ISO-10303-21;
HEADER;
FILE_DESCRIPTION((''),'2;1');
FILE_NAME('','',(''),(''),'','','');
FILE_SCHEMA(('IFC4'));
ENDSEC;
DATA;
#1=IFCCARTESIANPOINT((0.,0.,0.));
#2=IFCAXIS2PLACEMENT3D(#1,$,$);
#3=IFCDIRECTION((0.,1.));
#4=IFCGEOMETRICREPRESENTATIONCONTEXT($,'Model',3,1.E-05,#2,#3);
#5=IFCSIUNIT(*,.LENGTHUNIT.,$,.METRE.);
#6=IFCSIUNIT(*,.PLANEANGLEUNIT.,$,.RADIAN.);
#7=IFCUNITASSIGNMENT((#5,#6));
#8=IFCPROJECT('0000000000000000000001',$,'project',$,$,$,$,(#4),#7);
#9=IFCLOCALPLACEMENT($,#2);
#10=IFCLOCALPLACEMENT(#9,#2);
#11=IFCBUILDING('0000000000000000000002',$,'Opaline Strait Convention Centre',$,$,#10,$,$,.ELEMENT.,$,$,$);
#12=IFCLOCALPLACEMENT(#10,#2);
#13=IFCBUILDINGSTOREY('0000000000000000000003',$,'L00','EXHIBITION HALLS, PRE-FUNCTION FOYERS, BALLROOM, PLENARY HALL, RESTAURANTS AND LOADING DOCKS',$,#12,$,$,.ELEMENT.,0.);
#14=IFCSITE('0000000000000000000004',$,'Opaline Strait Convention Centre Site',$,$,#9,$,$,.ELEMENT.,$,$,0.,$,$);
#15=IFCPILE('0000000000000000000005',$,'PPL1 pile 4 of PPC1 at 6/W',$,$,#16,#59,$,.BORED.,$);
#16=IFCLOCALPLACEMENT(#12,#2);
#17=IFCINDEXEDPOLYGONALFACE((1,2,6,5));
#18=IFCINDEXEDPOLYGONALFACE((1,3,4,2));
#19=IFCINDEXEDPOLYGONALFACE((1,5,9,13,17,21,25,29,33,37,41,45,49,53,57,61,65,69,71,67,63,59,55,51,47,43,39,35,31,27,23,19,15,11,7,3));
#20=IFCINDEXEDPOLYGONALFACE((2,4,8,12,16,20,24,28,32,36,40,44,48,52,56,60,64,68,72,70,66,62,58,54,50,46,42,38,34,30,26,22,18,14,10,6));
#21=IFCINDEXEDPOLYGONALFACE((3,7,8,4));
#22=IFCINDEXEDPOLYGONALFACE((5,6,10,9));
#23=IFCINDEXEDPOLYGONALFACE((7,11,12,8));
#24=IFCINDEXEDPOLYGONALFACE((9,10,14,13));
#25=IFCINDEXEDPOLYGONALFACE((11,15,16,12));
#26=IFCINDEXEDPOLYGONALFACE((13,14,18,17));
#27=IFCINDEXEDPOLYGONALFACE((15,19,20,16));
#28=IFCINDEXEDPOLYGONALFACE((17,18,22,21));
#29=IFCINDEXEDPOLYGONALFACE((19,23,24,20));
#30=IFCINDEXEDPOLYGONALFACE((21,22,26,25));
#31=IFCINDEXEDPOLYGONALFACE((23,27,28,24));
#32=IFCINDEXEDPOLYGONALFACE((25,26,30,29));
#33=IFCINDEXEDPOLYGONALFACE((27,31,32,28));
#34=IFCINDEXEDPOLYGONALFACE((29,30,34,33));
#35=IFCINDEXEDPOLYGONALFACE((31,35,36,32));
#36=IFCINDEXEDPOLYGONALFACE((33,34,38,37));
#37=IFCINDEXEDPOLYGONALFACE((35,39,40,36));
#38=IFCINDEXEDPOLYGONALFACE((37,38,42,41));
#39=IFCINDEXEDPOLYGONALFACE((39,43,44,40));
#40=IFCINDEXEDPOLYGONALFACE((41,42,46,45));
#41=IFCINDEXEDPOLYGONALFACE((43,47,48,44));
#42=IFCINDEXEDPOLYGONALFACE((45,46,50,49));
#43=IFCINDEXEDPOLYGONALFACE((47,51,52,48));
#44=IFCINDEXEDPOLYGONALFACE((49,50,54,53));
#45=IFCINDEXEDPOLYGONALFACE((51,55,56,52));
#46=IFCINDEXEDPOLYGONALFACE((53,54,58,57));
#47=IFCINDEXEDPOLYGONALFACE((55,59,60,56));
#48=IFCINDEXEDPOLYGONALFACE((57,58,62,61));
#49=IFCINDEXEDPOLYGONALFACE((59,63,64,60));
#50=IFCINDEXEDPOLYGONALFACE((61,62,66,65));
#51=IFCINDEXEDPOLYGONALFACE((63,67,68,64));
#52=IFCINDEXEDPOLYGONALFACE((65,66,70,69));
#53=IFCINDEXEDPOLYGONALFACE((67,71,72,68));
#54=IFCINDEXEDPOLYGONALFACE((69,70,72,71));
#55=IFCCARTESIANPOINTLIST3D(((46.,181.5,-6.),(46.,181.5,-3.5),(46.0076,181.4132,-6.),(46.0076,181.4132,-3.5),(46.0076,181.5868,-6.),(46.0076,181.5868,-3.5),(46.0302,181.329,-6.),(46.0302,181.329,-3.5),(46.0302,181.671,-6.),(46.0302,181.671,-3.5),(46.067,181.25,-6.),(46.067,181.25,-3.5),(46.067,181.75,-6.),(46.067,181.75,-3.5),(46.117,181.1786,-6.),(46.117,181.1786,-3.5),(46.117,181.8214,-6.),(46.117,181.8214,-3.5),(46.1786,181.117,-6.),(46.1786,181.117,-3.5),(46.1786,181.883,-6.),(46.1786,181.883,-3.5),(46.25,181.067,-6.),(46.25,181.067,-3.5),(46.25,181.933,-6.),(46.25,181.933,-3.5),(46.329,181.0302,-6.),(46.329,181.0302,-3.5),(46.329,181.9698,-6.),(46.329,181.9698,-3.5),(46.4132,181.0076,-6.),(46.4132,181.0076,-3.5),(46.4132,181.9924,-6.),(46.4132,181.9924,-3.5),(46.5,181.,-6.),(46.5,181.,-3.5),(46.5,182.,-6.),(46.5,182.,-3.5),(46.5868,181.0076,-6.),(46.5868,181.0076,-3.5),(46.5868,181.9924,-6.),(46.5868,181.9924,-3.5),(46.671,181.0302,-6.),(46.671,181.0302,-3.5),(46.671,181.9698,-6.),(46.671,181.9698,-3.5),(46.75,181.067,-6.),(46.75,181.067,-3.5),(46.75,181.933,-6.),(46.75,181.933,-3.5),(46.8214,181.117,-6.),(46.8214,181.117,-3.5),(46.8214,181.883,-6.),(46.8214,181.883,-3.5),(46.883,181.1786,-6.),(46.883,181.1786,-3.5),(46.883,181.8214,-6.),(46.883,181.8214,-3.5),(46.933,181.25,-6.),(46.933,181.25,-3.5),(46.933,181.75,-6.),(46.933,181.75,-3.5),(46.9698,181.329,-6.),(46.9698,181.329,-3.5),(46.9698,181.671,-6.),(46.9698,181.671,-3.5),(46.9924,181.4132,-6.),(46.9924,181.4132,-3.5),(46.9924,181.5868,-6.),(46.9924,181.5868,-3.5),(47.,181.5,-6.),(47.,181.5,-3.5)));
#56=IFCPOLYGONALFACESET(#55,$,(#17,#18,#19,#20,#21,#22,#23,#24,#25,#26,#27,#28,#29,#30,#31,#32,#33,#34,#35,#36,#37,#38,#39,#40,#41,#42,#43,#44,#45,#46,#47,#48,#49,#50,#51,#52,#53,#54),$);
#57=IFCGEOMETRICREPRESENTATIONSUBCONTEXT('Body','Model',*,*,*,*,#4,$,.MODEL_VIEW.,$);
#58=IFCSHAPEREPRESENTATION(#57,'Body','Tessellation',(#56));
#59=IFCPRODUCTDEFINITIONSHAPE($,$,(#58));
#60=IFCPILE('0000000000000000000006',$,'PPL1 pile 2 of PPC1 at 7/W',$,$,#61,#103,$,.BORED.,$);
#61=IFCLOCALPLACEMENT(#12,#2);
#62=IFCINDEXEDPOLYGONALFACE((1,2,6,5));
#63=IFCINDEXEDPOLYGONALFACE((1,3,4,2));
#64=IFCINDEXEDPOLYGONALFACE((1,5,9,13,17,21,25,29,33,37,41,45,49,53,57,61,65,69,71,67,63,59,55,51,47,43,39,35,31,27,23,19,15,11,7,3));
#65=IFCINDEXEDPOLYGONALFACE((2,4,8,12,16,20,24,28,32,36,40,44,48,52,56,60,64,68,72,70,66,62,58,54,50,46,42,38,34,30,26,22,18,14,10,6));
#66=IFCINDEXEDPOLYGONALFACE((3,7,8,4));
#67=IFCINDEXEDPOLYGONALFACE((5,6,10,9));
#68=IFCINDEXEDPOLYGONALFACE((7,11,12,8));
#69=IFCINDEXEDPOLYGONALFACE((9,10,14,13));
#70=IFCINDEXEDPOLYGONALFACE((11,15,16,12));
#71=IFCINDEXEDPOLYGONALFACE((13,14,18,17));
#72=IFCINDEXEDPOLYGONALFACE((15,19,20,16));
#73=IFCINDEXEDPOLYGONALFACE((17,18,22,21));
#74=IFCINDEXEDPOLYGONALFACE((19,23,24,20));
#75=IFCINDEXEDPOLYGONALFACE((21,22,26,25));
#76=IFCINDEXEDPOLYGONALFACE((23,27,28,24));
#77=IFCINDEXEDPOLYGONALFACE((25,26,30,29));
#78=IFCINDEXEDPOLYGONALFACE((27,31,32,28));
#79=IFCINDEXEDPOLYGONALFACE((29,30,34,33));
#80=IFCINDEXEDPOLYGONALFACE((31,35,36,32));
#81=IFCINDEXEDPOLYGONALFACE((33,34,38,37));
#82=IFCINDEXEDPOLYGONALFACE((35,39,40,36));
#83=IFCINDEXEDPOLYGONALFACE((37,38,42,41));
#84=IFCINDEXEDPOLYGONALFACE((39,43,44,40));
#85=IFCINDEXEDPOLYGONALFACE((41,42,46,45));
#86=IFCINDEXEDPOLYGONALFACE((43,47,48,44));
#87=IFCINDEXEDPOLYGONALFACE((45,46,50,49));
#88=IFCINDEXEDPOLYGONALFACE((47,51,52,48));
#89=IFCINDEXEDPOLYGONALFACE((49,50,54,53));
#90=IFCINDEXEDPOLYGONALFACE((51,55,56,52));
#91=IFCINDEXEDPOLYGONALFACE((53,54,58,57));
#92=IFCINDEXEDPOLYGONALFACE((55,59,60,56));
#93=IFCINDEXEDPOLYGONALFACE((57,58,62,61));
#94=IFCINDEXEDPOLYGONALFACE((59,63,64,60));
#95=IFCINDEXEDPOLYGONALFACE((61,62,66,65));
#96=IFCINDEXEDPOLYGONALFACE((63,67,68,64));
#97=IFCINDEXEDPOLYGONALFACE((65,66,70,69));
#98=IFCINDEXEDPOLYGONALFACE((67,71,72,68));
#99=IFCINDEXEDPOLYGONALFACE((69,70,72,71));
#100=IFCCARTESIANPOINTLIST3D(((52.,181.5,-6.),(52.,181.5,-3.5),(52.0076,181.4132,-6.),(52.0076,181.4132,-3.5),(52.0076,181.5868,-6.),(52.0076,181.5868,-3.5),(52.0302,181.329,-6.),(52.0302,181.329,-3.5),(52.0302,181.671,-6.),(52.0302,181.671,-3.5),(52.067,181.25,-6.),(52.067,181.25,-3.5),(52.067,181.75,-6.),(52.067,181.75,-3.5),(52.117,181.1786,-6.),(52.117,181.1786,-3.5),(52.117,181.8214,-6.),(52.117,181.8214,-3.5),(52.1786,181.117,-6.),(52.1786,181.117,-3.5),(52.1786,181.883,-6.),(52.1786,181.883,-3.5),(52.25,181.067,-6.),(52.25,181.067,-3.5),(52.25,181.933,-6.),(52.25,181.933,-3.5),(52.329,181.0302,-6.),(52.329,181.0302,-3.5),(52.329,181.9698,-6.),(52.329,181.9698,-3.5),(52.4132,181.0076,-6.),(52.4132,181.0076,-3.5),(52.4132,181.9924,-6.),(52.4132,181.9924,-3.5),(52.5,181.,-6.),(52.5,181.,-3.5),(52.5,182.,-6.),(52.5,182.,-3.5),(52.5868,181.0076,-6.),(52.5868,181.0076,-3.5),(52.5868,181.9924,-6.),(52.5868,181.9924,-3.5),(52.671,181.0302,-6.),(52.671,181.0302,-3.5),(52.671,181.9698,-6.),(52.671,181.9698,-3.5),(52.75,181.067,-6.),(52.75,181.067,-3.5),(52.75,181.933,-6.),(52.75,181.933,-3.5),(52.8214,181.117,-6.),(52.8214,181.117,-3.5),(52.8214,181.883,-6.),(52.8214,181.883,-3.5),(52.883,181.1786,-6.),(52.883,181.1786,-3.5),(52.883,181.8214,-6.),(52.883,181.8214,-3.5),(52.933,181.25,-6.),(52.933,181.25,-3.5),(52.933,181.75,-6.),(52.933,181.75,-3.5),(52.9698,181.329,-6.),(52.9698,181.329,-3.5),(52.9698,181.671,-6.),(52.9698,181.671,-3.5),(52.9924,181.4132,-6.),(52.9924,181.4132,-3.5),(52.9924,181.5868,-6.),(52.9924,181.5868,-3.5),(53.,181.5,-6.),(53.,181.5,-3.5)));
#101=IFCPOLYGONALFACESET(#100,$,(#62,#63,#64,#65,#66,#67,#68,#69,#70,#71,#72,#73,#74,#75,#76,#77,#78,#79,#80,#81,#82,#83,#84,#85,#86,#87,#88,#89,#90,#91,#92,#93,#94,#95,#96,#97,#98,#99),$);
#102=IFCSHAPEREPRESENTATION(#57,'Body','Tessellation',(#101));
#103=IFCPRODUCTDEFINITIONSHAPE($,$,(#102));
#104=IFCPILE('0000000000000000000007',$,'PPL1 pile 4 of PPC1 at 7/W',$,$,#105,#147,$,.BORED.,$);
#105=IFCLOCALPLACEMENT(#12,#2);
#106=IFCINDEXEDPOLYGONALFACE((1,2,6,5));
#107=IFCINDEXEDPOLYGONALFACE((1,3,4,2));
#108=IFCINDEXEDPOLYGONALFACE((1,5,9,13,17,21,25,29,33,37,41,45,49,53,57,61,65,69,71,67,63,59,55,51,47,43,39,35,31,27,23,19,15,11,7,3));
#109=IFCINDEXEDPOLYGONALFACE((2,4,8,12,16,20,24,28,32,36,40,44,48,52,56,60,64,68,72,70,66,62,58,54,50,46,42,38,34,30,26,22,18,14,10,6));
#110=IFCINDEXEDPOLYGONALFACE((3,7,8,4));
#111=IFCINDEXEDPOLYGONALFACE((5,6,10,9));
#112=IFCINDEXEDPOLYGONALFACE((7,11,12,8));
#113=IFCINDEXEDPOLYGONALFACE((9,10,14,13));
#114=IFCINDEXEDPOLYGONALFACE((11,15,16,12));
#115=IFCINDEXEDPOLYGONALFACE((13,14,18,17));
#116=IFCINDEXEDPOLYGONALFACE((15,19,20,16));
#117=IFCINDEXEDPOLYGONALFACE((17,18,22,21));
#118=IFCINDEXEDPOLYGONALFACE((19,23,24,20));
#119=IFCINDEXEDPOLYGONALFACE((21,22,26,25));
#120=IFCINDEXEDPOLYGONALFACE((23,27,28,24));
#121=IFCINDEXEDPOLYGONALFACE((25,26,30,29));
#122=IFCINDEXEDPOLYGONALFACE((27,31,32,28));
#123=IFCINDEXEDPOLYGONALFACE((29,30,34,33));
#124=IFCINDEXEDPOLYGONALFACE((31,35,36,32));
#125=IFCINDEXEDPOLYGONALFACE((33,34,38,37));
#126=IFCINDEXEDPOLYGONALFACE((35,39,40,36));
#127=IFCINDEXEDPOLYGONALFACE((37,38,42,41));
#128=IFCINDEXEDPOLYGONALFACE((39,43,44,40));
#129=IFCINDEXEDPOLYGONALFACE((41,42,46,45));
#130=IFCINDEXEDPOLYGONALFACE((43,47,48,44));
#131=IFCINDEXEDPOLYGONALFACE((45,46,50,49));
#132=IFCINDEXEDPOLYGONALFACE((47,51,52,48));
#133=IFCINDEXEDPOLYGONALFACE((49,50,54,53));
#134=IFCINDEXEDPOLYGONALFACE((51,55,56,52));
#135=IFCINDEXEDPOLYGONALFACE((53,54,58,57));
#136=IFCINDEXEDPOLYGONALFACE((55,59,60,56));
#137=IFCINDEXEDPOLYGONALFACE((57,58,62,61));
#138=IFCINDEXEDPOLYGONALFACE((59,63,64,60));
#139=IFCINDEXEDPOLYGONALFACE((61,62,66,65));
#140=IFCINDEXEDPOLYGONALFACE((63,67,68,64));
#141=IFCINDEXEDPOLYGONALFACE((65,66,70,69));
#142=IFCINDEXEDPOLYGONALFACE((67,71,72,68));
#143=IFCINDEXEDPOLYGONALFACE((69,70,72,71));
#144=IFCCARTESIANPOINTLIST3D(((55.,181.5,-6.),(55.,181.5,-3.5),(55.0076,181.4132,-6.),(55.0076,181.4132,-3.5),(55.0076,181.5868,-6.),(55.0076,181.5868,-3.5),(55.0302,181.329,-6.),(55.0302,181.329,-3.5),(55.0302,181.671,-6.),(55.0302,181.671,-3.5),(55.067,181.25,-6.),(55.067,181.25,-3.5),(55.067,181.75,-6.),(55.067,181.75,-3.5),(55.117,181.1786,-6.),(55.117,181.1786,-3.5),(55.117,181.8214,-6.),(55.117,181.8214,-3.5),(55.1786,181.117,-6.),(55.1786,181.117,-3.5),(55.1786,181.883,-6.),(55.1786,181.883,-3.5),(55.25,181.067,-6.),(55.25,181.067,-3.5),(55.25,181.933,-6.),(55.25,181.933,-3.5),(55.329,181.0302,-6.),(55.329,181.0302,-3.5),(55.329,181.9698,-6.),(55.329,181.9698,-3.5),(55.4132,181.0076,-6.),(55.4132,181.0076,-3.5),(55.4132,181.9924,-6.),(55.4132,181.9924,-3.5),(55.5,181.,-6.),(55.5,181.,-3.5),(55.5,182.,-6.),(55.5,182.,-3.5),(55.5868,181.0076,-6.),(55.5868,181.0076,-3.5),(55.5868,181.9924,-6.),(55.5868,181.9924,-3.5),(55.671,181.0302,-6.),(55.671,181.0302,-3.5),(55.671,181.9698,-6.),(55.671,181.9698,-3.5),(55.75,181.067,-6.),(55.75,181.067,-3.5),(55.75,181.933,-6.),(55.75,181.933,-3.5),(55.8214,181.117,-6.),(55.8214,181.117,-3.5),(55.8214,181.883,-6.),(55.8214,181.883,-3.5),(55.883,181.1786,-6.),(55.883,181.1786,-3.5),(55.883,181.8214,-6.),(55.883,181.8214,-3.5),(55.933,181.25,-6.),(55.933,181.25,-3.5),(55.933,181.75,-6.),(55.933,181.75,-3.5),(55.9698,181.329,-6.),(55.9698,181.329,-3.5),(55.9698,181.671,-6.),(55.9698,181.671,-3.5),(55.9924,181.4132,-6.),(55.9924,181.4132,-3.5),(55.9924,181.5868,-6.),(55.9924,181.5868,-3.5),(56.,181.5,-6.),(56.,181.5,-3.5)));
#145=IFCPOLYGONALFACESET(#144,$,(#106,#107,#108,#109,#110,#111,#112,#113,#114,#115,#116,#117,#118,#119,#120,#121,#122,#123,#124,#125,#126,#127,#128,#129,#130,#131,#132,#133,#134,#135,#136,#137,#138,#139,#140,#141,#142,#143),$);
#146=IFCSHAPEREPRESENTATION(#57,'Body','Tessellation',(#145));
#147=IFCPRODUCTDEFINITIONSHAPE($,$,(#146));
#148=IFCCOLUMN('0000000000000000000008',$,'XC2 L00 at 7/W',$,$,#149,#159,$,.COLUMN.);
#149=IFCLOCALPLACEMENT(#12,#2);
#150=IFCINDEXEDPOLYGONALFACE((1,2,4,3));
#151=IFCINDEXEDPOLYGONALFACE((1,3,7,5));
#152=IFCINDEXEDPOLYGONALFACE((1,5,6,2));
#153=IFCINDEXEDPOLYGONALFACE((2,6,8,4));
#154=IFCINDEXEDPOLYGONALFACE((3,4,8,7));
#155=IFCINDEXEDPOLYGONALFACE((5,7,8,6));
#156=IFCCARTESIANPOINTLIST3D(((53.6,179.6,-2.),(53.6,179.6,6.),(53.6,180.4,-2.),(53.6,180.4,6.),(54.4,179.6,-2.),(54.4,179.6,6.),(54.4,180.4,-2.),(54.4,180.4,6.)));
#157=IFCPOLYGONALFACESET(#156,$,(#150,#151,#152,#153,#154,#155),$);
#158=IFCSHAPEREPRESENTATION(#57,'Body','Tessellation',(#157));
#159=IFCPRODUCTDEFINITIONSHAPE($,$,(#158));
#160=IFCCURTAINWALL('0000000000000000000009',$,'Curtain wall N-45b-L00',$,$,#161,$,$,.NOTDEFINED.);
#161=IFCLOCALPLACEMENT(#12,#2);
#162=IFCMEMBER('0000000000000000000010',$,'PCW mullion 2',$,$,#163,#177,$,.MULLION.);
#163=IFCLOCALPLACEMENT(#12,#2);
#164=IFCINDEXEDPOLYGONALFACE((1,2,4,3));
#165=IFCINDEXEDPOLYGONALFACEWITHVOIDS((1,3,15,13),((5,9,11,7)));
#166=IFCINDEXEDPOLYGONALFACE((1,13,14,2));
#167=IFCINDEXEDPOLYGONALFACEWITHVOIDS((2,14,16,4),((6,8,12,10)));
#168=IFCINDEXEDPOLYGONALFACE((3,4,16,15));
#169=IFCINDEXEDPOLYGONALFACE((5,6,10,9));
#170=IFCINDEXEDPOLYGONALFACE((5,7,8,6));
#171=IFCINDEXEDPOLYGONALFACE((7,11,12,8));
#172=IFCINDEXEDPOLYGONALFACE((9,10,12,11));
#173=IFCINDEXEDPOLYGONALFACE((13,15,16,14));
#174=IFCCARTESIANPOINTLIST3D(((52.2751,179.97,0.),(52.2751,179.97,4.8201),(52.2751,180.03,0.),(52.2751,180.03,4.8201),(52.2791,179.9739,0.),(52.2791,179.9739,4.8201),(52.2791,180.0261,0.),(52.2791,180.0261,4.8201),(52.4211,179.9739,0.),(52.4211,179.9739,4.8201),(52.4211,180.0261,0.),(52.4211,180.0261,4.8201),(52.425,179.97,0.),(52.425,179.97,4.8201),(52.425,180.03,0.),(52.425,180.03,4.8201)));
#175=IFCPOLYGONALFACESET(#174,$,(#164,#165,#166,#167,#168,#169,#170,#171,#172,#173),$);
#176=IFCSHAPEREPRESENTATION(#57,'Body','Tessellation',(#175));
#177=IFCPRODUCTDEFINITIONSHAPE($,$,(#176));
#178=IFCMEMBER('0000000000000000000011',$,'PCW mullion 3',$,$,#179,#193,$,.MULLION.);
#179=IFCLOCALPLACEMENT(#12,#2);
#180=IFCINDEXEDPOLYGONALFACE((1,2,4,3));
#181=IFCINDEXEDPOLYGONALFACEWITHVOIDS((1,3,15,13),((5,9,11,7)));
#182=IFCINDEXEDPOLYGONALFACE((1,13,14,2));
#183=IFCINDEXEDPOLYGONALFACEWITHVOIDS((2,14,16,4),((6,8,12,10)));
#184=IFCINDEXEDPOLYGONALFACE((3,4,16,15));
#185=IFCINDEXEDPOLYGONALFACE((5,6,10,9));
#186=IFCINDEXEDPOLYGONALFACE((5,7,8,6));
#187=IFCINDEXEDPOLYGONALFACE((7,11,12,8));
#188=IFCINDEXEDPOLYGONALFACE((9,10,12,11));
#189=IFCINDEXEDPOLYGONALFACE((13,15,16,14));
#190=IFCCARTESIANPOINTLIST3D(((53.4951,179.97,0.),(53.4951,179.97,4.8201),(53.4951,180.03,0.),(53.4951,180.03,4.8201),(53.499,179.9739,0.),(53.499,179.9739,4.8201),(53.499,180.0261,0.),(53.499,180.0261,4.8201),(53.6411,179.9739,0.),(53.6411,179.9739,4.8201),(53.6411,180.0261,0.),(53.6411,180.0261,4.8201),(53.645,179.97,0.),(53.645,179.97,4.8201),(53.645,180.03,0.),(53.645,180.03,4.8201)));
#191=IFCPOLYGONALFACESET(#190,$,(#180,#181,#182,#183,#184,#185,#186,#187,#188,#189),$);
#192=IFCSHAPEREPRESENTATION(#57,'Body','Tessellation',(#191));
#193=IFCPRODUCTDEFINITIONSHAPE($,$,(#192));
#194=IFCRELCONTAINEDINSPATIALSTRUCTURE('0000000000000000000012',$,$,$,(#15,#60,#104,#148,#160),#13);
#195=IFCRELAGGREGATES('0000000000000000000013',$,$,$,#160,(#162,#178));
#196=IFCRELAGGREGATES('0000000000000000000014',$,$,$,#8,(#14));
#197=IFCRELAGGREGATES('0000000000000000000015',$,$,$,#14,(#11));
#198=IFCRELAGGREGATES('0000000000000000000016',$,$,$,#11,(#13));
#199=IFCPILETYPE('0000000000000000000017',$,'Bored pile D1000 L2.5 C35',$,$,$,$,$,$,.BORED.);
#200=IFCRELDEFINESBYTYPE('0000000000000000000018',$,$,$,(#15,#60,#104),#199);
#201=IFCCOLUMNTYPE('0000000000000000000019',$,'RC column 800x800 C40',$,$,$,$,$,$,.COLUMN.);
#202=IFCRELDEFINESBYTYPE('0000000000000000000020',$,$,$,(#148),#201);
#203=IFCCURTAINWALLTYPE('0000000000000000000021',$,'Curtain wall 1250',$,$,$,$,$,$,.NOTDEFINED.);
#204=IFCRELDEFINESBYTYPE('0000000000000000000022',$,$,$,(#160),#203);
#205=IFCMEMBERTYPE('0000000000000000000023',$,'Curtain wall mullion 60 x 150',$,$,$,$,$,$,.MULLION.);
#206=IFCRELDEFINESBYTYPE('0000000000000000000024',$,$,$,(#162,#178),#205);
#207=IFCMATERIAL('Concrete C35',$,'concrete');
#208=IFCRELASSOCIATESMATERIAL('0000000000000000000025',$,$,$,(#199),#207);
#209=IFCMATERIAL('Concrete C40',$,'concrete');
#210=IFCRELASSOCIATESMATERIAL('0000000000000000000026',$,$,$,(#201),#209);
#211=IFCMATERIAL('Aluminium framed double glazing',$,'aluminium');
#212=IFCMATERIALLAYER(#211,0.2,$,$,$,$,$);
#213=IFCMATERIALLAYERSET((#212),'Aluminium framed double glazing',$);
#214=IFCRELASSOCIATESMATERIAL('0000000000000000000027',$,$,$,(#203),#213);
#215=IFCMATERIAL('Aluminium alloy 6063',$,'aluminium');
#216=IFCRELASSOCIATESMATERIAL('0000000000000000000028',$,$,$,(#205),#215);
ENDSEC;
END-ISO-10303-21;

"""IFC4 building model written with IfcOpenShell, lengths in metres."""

from ifc_helpers import new_model, si_unit, direction, frame, origin, origin_2d, place, context, subcontext, project, spatial, rectangle, hollow_rectangle, circle, extrude, material, layer, layer_set, material_profile, profile_set, type_object, element, aggregate, save


model = new_model("IFC4")

# Units and contexts
model_context = context("Model", 3, precision=1e-05, world=origin(), true_north=direction((0.0, 1.0)))
body_context = subcontext(model_context, "Body", "Model", "MODEL_VIEW")
ifc_project = project(units=[si_unit("LENGTHUNIT", "METRE"), si_unit("PLANEANGLEUNIT", "RADIAN")], contexts=[model_context])

# Site, building, storey
site_placement = place(None, origin())
site = spatial("IfcSite", under=ifc_project, at=site_placement, Name="Opaline Strait Convention Centre Site", CompositionType="ELEMENT", RefElevation=0.0)
building_placement = place(site_placement, origin())
building = spatial("IfcBuilding", under=site, at=building_placement, Name="Opaline Strait Convention Centre", CompositionType="ELEMENT")
storey_placement = place(building_placement, origin())
storey = spatial("IfcBuildingStorey", under=building, at=storey_placement, Name="L00", Description="EXHIBITION HALLS, PRE-FUNCTION FOYERS, BALLROOM, PLENARY HALL, RESTAURANTS AND LOADING DOCKS", CompositionType="ELEMENT", Elevation=0.0)

# Piles
ifc_material_1 = material(Name="Concrete C35", Category="concrete")
ifc_material_profile_1 = material_profile(ifc_material_1, circle(Radius=0.5, at=origin_2d()), Name="D1000")
ifc_profile_set_1 = profile_set([ifc_material_profile_1], Name="Concrete C35")
pile_type = type_object("IfcPileType", Name="Bored pile D1000 L2.5 C35", PredefinedType="BORED", material=ifc_profile_set_1)
for number, where, z_axis, x_axis, name in (
    (1, (46.5, 181.5, -3.5), (0.0, 0.0, -1.0), (1.0, 0.0, 0.0), "PPL1 pile 4 of PPC1 at 6/W"),
    (2, (52.5, 181.5, -3.5), (0.0, 0.0, -1.0), (1.0, 0.0, 0.0), "PPL1 pile 2 of PPC1 at 7/W"),
    (3, (55.5, 181.5, -3.5), (0.0, 0.0, -1.0), (1.0, 0.0, 0.0), "PPL1 pile 4 of PPC1 at 7/W"),
):
    element("IfcPile", number, at=place(storey_placement, frame(where, z_axis=z_axis, x_axis=x_axis)), inside=storey, type_object=pile_type, Name=name, PredefinedType="BORED", context=body_context, shape_type="SweptSolid", body=[
        extrude(circle(Radius=0.5, at=origin_2d()), origin(), (0.0, 0.0, 1.0), 2.5),
    ])

# Column
ifc_material_2 = material(Name="Concrete C40", Category="concrete")
ifc_material_profile_2 = material_profile(ifc_material_2, rectangle(XDim=0.8, YDim=0.8, at=origin_2d()), Name="RC 800x800")
ifc_profile_set_2 = profile_set([ifc_material_profile_2], Name="Concrete C40")
column_type = type_object("IfcColumnType", Name="RC column 800x800 C40", PredefinedType="COLUMN", material=ifc_profile_set_2)
column_placement = place(storey_placement, frame((54.0, 180.0, -2.0), z_axis=(0.0, 0.0, 1.0), x_axis=(1.0, 0.0, 0.0)))
element("IfcColumn", 4, at=column_placement, inside=storey, type_object=column_type, Name="XC2 L00 at 7/W", PredefinedType="COLUMN", context=body_context, shape_type="SweptSolid", body=[
    extrude(rectangle(XDim=0.8, YDim=0.8, at=origin_2d()), origin(), (0.0, 0.0, 1.0), 8.0),
])

# Curtain wall, members
ifc_material_3 = material(Name="Aluminium framed double glazing", Category="aluminium")
ifc_layer_1 = layer(ifc_material_3, 0.2)
ifc_layer_set_1 = layer_set([ifc_layer_1], Name="Aluminium framed double glazing")
curtain_wall_type = type_object("IfcCurtainWallType", Name="Curtain wall 1250", PredefinedType="NOTDEFINED", material=ifc_layer_set_1)
curtain_wall_1_placement = place(storey_placement, origin())
curtain_wall_1 = element("IfcCurtainWall", 5, at=curtain_wall_1_placement, inside=storey, type_object=curtain_wall_type, Name="Curtain wall N-45b-L00", PredefinedType="NOTDEFINED")
ifc_material_4 = material(Name="Aluminium alloy 6063", Category="aluminium")
ifc_material_profile_3 = material_profile(ifc_material_4, hollow_rectangle(XDim=0.0601, YDim=0.1499, WallThickness=0.0039, at=origin_2d()), Name="MULLION 60x150x4")
ifc_profile_set_3 = profile_set([ifc_material_profile_3], Name="Aluminium alloy 6063")
member_type_1 = type_object("IfcMemberType", Name="Curtain wall mullion 60 x 150", PredefinedType="MULLION", material=ifc_profile_set_3)
member_1_placement = place(storey_placement, frame((52.3501, 180.0, 0.0), z_axis=(0.0, 0.0, 1.0), x_axis=(0.0, 1.0, 0.0)))
member_1 = element("IfcMember", 6, at=member_1_placement, type_object=member_type_1, Name="PCW mullion 2", PredefinedType="MULLION", context=body_context, shape_type="SweptSolid", body=[
    extrude(hollow_rectangle(XDim=0.0601, YDim=0.1499, WallThickness=0.0039, at=origin_2d()), origin(), (0.0, 0.0, 1.0), 4.8201),
])
member_2_placement = place(storey_placement, frame((53.5701, 180.0, 0.0), z_axis=(0.0, 0.0, 1.0), x_axis=(0.0, 1.0, 0.0)))
member_2 = element("IfcMember", 7, at=member_2_placement, type_object=member_type_1, Name="PCW mullion 3", PredefinedType="MULLION", context=body_context, shape_type="SweptSolid", body=[
    extrude(hollow_rectangle(XDim=0.0601, YDim=0.1499, WallThickness=0.0039, at=origin_2d()), origin(), (0.0, 0.0, 1.0), 4.8201),
])

aggregate(curtain_wall_1, [member_1, member_2])

save(model, "model.ifc")
